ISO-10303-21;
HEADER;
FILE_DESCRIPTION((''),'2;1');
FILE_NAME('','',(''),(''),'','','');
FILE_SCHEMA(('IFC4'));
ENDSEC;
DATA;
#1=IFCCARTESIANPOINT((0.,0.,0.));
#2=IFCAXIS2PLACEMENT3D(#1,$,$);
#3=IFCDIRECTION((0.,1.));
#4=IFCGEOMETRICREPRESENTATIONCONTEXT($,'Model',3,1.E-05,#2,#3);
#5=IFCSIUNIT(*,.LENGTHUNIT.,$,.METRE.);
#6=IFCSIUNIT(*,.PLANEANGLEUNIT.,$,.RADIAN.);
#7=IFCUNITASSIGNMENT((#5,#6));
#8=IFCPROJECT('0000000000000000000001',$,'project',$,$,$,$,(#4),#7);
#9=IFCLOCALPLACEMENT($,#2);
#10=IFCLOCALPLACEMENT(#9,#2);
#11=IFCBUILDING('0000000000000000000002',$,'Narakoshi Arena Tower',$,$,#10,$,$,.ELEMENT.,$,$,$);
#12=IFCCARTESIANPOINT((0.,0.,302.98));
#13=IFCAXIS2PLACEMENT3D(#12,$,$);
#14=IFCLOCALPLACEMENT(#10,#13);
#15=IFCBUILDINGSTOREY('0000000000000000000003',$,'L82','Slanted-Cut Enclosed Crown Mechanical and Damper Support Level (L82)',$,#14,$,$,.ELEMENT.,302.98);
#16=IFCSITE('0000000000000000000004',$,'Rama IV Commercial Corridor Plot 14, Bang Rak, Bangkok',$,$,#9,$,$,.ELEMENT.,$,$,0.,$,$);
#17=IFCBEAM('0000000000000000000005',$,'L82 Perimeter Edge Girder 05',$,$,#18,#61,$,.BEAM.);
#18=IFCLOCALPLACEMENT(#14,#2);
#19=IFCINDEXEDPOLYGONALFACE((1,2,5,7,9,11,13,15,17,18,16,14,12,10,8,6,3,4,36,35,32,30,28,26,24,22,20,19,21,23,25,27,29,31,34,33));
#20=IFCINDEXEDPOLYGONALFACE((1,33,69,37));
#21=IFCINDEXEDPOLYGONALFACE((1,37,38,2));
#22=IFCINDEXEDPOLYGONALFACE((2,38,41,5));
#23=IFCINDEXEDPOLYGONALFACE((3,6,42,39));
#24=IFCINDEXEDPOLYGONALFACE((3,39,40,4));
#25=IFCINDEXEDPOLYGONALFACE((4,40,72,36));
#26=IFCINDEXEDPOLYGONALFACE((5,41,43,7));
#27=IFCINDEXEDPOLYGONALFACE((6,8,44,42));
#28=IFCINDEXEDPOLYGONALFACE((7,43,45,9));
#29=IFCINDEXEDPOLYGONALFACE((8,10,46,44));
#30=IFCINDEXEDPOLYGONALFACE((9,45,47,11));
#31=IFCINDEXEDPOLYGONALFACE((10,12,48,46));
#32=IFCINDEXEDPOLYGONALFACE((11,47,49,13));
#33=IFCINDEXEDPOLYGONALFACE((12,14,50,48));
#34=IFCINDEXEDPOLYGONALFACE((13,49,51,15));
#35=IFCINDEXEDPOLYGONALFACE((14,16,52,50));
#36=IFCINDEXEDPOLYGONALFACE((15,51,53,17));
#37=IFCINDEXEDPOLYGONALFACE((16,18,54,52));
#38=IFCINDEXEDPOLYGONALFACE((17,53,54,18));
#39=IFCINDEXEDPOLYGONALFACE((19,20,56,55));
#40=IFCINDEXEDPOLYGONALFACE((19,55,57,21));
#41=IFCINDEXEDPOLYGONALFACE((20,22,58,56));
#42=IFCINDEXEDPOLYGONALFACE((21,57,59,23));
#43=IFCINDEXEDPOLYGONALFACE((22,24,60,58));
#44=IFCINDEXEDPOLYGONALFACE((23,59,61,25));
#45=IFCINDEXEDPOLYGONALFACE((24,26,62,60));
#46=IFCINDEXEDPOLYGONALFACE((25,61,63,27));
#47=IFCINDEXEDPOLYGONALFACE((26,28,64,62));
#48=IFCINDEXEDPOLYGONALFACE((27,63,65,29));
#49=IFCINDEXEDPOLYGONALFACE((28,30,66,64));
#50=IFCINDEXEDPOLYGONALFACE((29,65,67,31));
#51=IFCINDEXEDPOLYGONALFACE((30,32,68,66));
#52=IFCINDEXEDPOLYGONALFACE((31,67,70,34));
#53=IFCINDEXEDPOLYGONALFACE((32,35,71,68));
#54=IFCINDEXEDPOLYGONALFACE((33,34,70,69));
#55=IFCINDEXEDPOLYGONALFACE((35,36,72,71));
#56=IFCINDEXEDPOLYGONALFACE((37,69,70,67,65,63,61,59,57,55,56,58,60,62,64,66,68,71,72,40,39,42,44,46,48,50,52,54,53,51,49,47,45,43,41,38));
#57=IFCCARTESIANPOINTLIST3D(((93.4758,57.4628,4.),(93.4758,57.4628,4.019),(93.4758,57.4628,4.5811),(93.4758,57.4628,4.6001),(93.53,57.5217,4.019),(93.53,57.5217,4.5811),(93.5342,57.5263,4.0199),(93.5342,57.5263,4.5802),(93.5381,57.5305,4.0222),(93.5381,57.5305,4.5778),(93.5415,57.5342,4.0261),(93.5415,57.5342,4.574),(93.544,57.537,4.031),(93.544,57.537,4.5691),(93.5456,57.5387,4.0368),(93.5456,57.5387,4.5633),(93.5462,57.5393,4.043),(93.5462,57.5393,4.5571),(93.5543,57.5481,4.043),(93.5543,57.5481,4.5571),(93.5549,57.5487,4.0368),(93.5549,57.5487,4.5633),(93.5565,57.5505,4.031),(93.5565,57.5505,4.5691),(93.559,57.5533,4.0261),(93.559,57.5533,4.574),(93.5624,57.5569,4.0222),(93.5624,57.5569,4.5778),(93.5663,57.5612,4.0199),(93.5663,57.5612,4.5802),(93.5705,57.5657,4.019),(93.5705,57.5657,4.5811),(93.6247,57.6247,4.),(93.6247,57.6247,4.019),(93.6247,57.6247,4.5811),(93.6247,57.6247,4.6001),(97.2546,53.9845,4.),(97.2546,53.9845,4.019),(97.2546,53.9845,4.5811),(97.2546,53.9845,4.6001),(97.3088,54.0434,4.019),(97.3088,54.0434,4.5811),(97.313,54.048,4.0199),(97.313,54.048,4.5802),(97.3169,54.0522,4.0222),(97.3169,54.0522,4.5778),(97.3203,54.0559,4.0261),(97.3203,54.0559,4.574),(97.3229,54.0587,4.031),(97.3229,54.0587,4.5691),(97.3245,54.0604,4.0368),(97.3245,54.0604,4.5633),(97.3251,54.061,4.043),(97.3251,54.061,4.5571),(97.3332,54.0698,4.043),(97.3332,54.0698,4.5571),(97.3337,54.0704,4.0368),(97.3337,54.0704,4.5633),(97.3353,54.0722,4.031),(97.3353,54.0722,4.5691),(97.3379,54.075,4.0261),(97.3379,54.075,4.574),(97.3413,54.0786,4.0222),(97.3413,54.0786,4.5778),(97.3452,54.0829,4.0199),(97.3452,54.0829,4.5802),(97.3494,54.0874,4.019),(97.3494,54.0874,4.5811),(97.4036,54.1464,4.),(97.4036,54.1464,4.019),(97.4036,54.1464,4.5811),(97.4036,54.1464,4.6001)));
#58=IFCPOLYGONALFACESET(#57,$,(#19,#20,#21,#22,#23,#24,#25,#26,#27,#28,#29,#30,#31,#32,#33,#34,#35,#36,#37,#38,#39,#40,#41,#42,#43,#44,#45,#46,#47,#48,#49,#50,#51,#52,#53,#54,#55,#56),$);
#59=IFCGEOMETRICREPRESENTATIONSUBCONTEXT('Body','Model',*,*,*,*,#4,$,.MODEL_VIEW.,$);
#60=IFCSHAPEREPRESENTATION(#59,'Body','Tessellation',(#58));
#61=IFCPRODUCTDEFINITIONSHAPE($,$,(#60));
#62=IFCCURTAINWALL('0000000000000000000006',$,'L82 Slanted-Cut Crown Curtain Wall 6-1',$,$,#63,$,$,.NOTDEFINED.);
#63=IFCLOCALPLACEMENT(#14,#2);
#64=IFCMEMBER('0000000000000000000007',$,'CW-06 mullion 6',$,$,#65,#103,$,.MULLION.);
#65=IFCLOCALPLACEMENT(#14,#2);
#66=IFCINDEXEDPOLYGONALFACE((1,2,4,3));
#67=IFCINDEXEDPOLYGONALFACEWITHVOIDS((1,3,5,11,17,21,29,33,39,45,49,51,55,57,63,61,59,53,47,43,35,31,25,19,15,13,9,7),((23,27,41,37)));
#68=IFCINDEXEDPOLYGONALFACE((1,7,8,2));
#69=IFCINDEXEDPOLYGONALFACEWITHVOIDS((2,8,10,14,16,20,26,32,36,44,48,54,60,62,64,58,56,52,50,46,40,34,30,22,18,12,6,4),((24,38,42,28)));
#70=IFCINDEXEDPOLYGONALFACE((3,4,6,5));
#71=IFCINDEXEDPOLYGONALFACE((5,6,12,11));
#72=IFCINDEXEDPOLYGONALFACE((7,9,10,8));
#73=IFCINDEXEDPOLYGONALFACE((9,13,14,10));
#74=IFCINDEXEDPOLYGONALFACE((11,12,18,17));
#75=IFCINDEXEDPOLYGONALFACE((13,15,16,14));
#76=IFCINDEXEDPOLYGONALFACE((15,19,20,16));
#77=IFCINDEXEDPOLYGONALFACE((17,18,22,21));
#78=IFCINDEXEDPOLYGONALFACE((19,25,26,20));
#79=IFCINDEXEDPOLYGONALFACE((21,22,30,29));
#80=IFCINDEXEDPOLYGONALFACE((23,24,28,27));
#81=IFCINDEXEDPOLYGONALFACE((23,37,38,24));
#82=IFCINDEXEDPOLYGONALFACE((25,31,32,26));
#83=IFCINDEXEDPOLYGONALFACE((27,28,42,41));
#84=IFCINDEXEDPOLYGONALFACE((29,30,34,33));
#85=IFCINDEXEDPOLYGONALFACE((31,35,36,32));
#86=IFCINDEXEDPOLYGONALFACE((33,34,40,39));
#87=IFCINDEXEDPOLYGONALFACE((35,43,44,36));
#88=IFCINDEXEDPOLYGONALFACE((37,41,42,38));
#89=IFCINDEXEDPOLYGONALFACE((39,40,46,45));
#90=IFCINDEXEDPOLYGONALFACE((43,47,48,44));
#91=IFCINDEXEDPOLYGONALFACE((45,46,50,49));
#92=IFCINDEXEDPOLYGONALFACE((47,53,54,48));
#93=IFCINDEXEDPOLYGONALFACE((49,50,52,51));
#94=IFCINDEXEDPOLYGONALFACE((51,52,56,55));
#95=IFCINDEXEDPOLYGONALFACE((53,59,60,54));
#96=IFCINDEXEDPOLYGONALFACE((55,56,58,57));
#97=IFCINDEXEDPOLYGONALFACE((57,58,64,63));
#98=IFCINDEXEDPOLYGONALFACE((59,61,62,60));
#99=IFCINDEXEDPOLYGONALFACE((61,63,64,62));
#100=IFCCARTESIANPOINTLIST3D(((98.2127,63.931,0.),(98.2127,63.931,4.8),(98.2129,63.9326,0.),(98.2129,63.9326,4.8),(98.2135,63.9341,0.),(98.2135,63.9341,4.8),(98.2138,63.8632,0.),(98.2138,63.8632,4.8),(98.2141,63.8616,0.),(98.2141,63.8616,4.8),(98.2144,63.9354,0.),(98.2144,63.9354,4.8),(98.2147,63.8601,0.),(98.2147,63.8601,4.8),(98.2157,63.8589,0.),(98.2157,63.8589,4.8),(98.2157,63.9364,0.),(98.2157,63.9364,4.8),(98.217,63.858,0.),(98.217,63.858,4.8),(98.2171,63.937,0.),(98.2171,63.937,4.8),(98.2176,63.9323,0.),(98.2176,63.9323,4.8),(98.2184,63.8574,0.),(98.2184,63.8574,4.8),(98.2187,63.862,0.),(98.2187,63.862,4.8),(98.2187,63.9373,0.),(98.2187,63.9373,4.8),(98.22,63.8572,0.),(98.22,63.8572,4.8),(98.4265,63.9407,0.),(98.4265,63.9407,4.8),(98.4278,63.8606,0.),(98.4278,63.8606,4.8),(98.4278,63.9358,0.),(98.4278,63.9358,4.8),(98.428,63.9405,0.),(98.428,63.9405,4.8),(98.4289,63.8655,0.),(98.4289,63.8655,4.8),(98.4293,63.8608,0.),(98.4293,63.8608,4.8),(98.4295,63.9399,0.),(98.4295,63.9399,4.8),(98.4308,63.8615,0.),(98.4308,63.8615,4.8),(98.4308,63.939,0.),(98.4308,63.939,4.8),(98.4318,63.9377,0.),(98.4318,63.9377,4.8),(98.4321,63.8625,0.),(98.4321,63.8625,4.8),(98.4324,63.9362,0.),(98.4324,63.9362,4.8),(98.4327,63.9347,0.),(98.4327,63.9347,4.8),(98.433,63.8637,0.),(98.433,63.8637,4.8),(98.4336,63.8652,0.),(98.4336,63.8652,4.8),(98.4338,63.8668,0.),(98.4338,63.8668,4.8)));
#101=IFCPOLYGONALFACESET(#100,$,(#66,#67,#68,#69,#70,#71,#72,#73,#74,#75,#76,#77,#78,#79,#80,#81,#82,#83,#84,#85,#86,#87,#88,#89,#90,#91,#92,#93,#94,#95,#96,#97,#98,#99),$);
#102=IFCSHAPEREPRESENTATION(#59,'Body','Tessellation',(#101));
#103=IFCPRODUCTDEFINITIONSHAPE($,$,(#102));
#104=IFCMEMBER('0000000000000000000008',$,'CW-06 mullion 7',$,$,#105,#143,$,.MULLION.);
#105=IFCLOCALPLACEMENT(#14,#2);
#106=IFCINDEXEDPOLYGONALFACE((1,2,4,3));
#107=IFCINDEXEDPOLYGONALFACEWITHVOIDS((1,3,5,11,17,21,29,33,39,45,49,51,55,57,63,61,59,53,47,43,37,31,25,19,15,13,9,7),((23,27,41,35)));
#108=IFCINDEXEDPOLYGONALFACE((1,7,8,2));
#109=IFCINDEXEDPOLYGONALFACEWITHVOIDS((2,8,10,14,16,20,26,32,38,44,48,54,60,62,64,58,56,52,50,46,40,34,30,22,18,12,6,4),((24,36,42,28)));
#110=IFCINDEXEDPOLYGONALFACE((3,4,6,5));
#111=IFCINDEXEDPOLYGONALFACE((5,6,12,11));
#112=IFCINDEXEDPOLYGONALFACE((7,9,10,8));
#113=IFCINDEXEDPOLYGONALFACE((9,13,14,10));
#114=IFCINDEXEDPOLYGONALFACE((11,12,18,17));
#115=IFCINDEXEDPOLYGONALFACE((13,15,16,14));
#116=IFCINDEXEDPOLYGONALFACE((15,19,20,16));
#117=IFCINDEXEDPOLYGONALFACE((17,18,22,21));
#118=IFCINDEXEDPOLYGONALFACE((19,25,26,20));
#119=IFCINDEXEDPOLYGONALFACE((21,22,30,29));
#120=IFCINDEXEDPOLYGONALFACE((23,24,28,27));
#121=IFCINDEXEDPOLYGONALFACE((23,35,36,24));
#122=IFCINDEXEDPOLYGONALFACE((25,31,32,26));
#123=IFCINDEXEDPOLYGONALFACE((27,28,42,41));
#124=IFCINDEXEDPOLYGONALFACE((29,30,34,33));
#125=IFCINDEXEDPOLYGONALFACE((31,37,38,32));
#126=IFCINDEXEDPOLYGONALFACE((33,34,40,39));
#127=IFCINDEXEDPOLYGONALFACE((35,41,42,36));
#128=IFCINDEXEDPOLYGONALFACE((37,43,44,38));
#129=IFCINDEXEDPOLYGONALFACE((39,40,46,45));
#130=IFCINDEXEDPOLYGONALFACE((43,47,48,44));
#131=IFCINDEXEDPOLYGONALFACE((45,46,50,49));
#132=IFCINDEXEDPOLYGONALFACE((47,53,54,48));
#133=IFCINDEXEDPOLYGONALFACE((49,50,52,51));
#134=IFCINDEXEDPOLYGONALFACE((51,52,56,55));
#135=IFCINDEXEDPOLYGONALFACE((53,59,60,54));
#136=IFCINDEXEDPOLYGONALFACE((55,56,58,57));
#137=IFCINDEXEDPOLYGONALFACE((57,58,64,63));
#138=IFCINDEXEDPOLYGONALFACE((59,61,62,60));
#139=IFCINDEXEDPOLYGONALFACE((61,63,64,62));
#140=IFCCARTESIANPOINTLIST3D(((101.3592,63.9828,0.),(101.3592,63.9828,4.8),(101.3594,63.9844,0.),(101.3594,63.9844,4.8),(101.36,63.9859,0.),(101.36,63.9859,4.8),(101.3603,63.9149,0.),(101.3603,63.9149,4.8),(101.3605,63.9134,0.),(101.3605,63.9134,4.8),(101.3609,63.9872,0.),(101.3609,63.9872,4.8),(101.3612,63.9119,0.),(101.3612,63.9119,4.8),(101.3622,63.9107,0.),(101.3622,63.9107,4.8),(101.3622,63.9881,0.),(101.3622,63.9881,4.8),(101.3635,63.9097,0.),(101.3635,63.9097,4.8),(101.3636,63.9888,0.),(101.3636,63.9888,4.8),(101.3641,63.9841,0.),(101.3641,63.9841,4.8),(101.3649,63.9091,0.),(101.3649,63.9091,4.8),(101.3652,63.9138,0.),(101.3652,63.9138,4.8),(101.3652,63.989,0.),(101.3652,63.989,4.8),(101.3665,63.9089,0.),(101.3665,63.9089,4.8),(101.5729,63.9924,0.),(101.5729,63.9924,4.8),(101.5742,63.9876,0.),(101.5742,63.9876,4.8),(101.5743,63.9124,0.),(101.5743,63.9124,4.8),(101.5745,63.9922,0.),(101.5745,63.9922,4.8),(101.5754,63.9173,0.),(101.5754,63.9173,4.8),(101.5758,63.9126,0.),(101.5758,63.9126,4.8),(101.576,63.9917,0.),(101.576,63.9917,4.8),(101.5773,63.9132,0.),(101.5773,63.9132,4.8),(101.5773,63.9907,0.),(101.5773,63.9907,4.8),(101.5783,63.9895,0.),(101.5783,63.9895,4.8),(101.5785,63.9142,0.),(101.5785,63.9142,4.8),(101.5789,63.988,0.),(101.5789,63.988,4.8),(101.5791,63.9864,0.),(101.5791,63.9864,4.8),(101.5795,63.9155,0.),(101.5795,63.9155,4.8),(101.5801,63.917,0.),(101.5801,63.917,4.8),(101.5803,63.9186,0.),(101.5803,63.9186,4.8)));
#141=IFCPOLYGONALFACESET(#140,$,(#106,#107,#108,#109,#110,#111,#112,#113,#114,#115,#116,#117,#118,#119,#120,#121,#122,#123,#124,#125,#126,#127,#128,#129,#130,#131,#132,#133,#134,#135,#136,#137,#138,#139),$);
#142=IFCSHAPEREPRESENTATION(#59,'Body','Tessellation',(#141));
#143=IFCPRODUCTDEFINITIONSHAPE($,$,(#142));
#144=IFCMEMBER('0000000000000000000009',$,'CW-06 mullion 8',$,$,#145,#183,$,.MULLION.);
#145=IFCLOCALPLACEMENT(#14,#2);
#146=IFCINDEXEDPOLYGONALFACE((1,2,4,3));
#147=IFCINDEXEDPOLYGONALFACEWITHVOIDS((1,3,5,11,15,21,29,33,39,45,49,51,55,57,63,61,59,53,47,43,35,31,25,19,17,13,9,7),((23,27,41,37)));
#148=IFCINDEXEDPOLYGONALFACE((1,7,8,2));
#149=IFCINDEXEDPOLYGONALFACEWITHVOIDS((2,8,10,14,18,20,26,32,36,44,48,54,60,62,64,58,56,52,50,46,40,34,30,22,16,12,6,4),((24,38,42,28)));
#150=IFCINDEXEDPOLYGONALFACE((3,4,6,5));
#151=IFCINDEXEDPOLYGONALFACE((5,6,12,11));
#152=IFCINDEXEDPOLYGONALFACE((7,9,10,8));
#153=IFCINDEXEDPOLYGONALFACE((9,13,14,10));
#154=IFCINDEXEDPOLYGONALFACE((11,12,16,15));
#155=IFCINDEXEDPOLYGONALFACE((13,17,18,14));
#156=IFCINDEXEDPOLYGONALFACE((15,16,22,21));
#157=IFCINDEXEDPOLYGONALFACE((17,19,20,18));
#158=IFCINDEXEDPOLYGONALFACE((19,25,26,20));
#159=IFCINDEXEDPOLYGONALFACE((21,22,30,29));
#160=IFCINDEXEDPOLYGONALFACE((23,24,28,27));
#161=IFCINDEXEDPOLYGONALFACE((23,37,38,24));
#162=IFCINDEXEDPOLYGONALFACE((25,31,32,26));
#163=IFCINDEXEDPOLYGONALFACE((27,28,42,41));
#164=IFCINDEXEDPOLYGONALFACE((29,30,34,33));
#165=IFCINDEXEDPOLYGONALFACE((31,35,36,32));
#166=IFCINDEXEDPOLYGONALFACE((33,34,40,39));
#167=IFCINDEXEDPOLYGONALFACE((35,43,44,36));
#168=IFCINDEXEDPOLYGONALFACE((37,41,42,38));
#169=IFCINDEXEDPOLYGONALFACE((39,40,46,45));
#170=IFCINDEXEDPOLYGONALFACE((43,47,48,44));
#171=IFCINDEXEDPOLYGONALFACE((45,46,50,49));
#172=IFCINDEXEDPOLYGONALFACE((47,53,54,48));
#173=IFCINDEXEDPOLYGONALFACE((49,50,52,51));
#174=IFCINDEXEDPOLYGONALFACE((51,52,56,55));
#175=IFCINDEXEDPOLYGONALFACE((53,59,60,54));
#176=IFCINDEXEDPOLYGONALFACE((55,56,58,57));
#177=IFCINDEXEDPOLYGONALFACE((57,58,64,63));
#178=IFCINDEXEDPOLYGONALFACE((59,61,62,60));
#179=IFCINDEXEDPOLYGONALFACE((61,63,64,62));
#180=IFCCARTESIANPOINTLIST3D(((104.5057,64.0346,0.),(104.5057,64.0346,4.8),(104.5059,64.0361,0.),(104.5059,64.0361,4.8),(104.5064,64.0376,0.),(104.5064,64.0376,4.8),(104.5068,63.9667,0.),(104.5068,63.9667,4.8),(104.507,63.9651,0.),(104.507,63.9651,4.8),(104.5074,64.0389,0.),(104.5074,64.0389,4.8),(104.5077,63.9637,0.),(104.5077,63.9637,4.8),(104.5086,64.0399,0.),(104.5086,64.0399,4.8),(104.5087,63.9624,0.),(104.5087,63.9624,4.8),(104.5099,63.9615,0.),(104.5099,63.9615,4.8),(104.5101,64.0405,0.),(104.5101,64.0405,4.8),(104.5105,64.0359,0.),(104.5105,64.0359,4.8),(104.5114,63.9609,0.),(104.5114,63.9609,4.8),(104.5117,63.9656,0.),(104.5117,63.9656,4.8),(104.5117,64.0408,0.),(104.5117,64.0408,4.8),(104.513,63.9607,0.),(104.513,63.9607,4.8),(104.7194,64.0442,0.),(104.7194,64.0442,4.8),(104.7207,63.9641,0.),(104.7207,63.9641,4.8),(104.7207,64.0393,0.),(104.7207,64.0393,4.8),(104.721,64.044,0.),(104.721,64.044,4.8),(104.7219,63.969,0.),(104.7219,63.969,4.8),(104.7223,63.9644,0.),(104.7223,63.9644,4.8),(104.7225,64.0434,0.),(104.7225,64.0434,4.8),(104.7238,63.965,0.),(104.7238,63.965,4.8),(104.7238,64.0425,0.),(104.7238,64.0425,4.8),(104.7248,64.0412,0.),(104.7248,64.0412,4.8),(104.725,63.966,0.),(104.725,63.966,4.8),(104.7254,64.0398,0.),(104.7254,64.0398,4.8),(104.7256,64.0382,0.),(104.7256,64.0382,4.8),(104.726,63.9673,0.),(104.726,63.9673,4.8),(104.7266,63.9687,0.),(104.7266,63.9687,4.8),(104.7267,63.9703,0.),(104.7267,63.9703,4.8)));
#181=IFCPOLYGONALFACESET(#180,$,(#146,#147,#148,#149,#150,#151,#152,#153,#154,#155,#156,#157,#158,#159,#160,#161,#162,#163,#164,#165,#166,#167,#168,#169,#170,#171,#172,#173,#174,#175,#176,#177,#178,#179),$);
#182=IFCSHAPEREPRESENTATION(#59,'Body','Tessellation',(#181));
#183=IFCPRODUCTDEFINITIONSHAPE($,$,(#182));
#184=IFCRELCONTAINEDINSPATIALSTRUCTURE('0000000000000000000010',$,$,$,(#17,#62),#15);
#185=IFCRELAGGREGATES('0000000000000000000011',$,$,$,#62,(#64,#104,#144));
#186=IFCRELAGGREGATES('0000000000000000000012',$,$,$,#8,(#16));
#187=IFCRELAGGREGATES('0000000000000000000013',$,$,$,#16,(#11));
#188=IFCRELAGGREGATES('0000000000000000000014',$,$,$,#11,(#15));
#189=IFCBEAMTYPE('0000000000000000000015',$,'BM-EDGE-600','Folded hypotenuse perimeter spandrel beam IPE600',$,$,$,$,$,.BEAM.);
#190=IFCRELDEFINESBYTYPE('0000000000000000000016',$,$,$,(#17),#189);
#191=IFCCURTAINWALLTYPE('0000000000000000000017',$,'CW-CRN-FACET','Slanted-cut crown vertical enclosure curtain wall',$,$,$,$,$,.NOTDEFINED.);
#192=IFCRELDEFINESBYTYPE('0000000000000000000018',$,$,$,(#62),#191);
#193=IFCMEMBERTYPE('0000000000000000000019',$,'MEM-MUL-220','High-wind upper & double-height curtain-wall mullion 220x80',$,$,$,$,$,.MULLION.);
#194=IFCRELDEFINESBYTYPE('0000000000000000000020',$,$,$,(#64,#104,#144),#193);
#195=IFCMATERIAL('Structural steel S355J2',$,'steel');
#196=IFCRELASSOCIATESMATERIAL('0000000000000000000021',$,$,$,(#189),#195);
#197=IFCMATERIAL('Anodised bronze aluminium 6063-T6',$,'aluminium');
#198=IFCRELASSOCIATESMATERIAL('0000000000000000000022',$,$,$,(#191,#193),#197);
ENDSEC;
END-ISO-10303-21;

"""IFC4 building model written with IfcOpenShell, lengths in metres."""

from ifc_helpers import new_model, si_unit, direction, frame, origin, origin_2d, place, context, subcontext, project, spatial, hollow_rectangle, i_section, extrude, material, material_profile, profile_set, type_object, element, aggregate, save


model = new_model("IFC4")

# Units and contexts
model_context = context("Model", 3, precision=1e-05, world=origin(), true_north=direction((0.0, 1.0)))
body_context = subcontext(model_context, "Body", "Model", "MODEL_VIEW")
ifc_project = project(units=[si_unit("LENGTHUNIT", "METRE"), si_unit("PLANEANGLEUNIT", "RADIAN")], contexts=[model_context])

# Site, building, storey
site_placement = place(None, origin())
site = spatial("IfcSite", under=ifc_project, at=site_placement, Name="Rama IV Commercial Corridor Plot 14, Bang Rak, Bangkok", CompositionType="ELEMENT", RefElevation=0.0)
building_placement = place(site_placement, origin())
building = spatial("IfcBuilding", under=site, at=building_placement, Name="Narakoshi Arena Tower", CompositionType="ELEMENT")
storey_placement = place(building_placement, frame((0.0, 0.0, 302.98)))
storey = spatial("IfcBuildingStorey", under=building, at=storey_placement, Name="L82", Description="Slanted-Cut Enclosed Crown Mechanical and Damper Support Level (L82)", CompositionType="ELEMENT", Elevation=302.98)

# Shared definitions
ifc_material_1 = material(Name="Structural steel S355J2", Category="steel")

# Beam
ifc_material_profile_1 = material_profile(ifc_material_1, i_section(OverallWidth=0.22, OverallDepth=0.6001, WebThickness=0.012, FlangeThickness=0.019, FilletRadius=0.0239, at=origin_2d()), Name="IPE600")
ifc_profile_set_1 = profile_set([ifc_material_profile_1], Name="Structural steel S355J2")
beam_type = type_object("IfcBeamType", Name="BM-EDGE-600", Description="Folded hypotenuse perimeter spandrel beam IPE600", PredefinedType="BEAM", material=ifc_profile_set_1)
beam_1_placement = place(storey_placement, frame((97.3291, 54.0654, 4.3), z_axis=(-0.73576, 0.677243, 0.0), x_axis=(-0.677243, -0.73576, 0.0)))
element("IfcBeam", 1, at=beam_1_placement, inside=storey, type_object=beam_type, Name="L82 Perimeter Edge Girder 05", PredefinedType="BEAM", context=body_context, shape_type="SweptSolid", body=[
    extrude(i_section(OverallWidth=0.22, OverallDepth=0.6001, WebThickness=0.012, FlangeThickness=0.019, FilletRadius=0.0239, at=origin_2d()), origin(), (0.0, 0.0, 1.0), 5.136),
])

# Curtain wall, members
ifc_material_2 = material(Name="Anodised bronze aluminium 6063-T6", Category="aluminium")
curtain_wall_type = type_object("IfcCurtainWallType", Name="CW-CRN-FACET", Description="Slanted-cut crown vertical enclosure curtain wall", PredefinedType="NOTDEFINED", material=ifc_material_2)
curtain_wall_placement = place(storey_placement, origin())
curtain_wall = element("IfcCurtainWall", 2, at=curtain_wall_placement, inside=storey, type_object=curtain_wall_type, Name="L82 Slanted-Cut Crown Curtain Wall 6-1", PredefinedType="NOTDEFINED")
ifc_material_profile_2 = material_profile(ifc_material_2, hollow_rectangle(XDim=0.0801, YDim=0.22, WallThickness=0.0049, OuterFilletRadius=0.0061, at=origin_2d()), Name="MUL220x80x5")
ifc_profile_set_2 = profile_set([ifc_material_profile_2], Name="Anodised bronze aluminium 6063-T6")
member_type_1 = type_object("IfcMemberType", Name="MEM-MUL-220", Description="High-wind upper & double-height curtain-wall mullion 220x80", PredefinedType="MULLION", material=ifc_profile_set_2)
member_1_placement = place(storey_placement, frame((98.3232, 63.8989, 0.0), z_axis=(0.0, 0.0, 1.0), x_axis=(-0.016447, 0.999865, 0.0)))
member_1 = element("IfcMember", 3, at=member_1_placement, type_object=member_type_1, Name="CW-06 mullion 6", PredefinedType="MULLION", context=body_context, shape_type="SweptSolid", body=[
    extrude(hollow_rectangle(XDim=0.0801, YDim=0.22, WallThickness=0.0049, OuterFilletRadius=0.0061, at=origin_2d()), origin(), (0.0, 0.0, 1.0), 4.8),
])
member_2_placement = place(storey_placement, frame((101.4697, 63.9507, 0.0), z_axis=(0.0, 0.0, 1.0), x_axis=(-0.016447, 0.999865, 0.0)))
member_2 = element("IfcMember", 4, at=member_2_placement, type_object=member_type_1, Name="CW-06 mullion 7", PredefinedType="MULLION", context=body_context, shape_type="SweptSolid", body=[
    extrude(hollow_rectangle(XDim=0.0801, YDim=0.22, WallThickness=0.0049, OuterFilletRadius=0.0061, at=origin_2d()), origin(), (0.0, 0.0, 1.0), 4.8),
])
member_3_placement = place(storey_placement, frame((104.6162, 64.0024, 0.0), z_axis=(0.0, 0.0, 1.0), x_axis=(-0.016447, 0.999865, 0.0)))
member_3 = element("IfcMember", 5, at=member_3_placement, type_object=member_type_1, Name="CW-06 mullion 8", PredefinedType="MULLION", context=body_context, shape_type="SweptSolid", body=[
    extrude(hollow_rectangle(XDim=0.0801, YDim=0.22, WallThickness=0.0049, OuterFilletRadius=0.0061, at=origin_2d()), origin(), (0.0, 0.0, 1.0), 4.8),
])
aggregate(curtain_wall, [member_1, member_2, member_3])

save(model, "model.ifc")
